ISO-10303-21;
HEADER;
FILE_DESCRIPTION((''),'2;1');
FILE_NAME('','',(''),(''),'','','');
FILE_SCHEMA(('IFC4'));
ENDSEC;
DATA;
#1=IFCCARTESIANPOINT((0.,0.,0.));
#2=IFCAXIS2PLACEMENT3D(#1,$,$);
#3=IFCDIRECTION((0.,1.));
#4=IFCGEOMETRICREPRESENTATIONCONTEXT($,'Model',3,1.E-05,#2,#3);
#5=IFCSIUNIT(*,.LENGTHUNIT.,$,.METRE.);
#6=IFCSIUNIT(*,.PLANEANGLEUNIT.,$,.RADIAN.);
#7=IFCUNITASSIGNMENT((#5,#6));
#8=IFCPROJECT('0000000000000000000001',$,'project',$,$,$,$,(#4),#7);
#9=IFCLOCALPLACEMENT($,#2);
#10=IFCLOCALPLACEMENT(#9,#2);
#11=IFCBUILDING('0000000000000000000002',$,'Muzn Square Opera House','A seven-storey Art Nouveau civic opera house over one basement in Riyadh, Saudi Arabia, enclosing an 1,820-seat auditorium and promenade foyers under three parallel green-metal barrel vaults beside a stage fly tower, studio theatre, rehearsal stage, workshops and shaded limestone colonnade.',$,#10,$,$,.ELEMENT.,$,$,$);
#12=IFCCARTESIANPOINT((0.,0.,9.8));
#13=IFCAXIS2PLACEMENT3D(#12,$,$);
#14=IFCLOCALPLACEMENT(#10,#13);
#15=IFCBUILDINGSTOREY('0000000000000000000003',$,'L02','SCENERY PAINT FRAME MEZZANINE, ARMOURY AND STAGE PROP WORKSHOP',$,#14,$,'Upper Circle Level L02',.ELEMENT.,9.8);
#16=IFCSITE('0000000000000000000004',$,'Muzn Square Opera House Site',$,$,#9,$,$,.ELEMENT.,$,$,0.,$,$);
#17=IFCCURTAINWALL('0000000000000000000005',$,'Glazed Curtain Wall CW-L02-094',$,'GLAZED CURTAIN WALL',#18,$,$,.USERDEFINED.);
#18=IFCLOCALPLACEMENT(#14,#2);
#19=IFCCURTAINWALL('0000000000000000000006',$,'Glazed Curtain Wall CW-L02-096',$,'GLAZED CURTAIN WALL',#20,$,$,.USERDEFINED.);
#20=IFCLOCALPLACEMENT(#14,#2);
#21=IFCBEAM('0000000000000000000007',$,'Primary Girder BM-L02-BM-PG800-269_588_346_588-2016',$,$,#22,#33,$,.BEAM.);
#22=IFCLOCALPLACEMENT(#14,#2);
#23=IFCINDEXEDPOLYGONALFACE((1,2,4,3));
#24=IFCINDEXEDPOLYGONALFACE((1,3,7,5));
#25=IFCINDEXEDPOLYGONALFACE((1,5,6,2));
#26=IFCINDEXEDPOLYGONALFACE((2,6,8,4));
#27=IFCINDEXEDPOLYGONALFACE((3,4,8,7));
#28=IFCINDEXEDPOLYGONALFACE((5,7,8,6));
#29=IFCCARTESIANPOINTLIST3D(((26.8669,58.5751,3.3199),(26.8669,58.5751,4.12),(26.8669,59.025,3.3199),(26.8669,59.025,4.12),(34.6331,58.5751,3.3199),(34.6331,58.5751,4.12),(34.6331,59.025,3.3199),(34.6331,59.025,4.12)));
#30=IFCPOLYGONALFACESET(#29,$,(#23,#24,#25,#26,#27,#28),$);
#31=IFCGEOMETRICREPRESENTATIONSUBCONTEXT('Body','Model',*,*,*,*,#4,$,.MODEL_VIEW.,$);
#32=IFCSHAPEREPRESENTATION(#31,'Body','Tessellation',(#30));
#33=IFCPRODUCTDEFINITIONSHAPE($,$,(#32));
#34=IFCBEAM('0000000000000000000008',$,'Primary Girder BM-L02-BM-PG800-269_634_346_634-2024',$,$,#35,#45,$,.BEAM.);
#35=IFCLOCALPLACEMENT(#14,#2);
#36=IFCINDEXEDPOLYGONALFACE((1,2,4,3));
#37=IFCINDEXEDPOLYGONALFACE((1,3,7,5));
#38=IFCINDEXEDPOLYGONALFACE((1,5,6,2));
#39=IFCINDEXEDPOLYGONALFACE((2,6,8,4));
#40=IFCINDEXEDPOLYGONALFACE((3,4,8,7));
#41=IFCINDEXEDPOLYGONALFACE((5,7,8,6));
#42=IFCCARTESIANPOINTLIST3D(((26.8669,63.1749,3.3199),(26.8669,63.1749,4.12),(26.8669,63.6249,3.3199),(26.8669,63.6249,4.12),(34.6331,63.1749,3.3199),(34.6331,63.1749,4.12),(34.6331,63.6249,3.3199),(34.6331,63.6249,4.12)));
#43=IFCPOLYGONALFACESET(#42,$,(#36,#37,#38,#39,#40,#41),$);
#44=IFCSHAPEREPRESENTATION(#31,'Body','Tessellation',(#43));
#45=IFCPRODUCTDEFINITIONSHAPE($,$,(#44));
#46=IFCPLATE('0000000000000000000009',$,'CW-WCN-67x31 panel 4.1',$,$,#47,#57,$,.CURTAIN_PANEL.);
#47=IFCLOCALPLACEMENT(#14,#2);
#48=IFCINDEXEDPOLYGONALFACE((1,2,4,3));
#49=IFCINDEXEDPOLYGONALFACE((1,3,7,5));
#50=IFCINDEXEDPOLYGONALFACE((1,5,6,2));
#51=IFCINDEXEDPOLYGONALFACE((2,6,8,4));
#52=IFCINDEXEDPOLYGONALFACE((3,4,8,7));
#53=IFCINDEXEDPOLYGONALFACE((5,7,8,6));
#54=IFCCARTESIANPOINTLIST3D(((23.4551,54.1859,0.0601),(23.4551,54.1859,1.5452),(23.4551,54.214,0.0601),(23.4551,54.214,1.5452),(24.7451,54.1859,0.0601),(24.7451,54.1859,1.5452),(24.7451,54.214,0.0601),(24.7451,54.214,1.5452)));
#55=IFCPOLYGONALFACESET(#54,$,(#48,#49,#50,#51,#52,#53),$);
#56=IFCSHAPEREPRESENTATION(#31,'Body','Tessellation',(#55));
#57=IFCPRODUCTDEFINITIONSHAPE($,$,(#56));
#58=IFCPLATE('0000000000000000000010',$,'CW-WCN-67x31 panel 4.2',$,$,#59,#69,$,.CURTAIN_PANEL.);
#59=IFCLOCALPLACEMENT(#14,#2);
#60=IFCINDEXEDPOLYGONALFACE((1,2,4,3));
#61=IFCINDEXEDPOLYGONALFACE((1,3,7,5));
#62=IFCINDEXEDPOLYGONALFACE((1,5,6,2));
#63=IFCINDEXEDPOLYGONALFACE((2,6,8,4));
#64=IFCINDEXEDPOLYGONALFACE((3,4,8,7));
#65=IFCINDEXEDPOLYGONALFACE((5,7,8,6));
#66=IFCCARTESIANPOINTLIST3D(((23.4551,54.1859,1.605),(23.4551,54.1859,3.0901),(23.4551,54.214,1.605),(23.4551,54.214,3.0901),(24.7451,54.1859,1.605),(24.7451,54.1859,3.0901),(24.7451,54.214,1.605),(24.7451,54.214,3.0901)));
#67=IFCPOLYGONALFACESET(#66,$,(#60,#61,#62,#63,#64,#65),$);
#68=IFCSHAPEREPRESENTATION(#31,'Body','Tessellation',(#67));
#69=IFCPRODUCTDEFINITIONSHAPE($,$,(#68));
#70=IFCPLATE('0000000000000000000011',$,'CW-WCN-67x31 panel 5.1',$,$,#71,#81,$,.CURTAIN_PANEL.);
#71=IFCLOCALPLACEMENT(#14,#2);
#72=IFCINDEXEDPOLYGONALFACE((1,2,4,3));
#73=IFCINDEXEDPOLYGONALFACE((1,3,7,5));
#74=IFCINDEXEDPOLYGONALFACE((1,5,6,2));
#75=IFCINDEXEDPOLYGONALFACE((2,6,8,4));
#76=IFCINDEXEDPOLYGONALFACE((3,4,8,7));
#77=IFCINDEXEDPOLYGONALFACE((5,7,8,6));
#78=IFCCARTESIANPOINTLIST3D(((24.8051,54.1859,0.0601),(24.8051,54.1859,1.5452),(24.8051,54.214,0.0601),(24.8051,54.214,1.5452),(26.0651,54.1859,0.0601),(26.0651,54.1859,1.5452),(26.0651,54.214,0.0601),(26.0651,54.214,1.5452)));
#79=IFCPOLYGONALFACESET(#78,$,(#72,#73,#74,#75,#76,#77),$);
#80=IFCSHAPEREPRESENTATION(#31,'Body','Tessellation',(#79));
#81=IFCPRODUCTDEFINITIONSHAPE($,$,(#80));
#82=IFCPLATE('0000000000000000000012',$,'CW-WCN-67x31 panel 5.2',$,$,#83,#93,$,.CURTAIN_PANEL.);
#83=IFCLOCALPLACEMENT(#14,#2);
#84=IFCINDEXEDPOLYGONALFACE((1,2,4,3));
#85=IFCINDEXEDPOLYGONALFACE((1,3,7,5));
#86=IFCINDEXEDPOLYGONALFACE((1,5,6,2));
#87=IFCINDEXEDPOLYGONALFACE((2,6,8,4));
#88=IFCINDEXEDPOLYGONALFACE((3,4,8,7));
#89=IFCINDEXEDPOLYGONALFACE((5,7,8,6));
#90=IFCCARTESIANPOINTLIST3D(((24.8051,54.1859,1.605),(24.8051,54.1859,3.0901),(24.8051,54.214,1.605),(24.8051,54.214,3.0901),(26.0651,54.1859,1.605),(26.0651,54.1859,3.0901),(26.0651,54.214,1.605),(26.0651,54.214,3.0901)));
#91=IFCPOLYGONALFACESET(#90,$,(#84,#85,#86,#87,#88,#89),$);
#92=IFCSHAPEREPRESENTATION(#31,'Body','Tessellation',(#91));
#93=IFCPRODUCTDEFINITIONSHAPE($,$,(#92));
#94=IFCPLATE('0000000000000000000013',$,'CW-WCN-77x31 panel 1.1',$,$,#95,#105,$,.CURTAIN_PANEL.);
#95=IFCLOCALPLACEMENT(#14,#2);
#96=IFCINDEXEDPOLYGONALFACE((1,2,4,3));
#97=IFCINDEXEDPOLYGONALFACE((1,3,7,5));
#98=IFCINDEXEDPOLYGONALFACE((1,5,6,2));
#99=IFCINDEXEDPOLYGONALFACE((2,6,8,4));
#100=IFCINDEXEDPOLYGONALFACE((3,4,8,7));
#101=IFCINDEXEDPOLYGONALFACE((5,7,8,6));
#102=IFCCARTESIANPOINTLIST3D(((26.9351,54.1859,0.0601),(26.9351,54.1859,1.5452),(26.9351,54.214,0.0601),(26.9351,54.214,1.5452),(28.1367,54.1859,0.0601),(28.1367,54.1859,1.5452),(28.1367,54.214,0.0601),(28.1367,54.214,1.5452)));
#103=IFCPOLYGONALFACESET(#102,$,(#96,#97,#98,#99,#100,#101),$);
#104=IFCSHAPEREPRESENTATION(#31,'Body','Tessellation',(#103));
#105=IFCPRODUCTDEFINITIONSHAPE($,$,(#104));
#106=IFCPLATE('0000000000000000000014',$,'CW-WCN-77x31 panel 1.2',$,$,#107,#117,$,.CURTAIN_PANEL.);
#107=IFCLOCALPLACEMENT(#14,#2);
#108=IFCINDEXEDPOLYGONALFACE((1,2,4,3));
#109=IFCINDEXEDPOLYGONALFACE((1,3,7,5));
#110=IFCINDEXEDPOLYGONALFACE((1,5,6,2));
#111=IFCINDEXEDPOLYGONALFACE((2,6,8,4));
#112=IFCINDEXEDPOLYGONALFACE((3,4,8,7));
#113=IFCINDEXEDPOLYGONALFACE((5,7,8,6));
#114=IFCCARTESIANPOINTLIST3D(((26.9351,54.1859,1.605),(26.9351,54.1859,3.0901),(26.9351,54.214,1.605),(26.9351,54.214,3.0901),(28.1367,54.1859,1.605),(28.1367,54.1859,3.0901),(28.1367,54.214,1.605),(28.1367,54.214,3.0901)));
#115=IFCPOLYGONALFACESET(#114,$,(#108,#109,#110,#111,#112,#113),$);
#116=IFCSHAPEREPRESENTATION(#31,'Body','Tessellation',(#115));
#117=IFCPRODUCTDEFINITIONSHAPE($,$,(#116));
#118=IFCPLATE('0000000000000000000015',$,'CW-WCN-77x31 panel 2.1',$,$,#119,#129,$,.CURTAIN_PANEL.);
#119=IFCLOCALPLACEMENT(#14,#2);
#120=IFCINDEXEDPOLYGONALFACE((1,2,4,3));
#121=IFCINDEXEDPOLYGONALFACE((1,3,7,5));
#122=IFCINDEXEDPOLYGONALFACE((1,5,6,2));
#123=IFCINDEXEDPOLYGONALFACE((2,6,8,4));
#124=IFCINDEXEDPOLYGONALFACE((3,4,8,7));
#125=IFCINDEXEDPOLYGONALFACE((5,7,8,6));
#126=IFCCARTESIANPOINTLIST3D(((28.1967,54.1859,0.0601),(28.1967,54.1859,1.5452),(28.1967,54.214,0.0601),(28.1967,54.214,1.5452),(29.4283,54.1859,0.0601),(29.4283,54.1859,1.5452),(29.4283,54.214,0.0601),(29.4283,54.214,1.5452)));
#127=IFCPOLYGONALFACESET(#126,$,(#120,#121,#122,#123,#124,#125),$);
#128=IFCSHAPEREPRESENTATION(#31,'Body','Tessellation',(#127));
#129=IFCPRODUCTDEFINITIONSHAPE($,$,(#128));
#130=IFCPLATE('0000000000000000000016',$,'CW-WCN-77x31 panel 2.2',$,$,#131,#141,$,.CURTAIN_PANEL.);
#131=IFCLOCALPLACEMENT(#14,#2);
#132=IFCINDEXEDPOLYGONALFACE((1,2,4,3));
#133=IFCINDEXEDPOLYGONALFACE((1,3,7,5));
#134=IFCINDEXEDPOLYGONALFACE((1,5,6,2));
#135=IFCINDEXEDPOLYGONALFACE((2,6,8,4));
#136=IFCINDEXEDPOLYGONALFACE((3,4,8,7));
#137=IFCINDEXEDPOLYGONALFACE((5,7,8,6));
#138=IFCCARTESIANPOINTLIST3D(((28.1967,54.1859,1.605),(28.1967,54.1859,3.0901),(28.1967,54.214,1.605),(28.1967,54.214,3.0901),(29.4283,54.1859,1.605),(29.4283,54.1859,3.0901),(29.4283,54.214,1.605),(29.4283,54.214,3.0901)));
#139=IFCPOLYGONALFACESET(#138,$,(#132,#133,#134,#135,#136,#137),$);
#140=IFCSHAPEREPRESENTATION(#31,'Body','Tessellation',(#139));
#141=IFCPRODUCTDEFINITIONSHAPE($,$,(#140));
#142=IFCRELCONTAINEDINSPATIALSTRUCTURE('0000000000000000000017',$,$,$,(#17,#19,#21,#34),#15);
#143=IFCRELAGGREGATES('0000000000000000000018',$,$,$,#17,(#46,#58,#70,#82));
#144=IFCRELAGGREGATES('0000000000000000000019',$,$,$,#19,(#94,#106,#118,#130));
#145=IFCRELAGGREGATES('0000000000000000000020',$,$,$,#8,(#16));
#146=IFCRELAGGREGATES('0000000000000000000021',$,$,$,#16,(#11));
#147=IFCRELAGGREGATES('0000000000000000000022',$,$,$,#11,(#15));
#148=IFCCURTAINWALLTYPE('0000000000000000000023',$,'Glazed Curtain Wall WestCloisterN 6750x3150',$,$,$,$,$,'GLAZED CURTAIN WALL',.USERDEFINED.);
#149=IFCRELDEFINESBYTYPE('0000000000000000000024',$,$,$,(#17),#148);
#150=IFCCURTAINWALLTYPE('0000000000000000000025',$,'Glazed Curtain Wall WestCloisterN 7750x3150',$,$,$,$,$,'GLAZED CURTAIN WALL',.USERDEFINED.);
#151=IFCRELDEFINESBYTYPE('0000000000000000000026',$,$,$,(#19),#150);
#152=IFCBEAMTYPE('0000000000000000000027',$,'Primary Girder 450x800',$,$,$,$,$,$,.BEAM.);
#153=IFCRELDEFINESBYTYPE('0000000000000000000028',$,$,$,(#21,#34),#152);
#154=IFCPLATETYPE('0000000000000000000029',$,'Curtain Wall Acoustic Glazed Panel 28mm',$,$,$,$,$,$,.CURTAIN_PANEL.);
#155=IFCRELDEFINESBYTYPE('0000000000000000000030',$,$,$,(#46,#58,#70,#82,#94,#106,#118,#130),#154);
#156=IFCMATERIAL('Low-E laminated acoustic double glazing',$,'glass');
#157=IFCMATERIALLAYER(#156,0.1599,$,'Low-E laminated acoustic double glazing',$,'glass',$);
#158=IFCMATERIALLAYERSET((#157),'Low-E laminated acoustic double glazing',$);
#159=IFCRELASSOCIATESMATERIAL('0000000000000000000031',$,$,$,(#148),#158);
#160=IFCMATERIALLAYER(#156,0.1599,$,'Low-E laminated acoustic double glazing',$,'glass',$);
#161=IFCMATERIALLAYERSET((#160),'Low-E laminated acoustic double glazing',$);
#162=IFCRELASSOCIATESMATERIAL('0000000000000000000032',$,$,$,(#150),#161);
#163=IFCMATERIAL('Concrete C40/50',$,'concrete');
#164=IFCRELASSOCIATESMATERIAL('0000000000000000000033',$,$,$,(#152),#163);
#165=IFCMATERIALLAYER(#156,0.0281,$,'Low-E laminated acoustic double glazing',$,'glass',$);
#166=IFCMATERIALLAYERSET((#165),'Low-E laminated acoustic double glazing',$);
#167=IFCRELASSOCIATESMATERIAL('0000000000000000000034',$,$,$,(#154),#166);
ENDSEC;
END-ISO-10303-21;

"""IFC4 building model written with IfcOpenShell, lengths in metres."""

from ifc_helpers import new_model, si_unit, direction, frame, origin, origin_2d, place, context, subcontext, project, spatial, rectangle, extrude, material, layer, layer_set, material_profile, profile_set, type_object, element, aggregate, save


model = new_model("IFC4")

# Units and contexts
model_context = context("Model", 3, precision=1e-05, world=origin(), true_north=direction((0.0, 1.0)))
body_context = subcontext(model_context, "Body", "Model", "MODEL_VIEW")
ifc_project = project(units=[si_unit("LENGTHUNIT", "METRE"), si_unit("PLANEANGLEUNIT", "RADIAN")], contexts=[model_context])

# Site, building, storey
site_placement = place(None, origin())
site = spatial("IfcSite", under=ifc_project, at=site_placement, Name="Muzn Square Opera House Site", CompositionType="ELEMENT", RefElevation=0.0)
building_placement = place(site_placement, origin())
building = spatial("IfcBuilding", under=site, at=building_placement, Name="Muzn Square Opera House", Description="A seven-storey Art Nouveau civic opera house over one basement in Riyadh, Saudi Arabia, enclosing an 1,820-seat auditorium and promenade foyers under three parallel green-metal barrel vaults beside a stage fly tower, studio theatre, rehearsal stage, workshops and shaded limestone colonnade.", CompositionType="ELEMENT")
storey_placement = place(building_placement, frame((0.0, 0.0, 9.8)))
storey = spatial("IfcBuildingStorey", under=building, at=storey_placement, Name="L02", Description="SCENERY PAINT FRAME MEZZANINE, ARMOURY AND STAGE PROP WORKSHOP", LongName="Upper Circle Level L02", CompositionType="ELEMENT", Elevation=9.8)

# Curtain walls
ifc_material_1 = material(Name="Low-E laminated acoustic double glazing", Category="glass")
ifc_layer_1 = layer(ifc_material_1, 0.1599, Name="Low-E laminated acoustic double glazing", Category="glass")
ifc_layer_set_1 = layer_set([ifc_layer_1], Name="Low-E laminated acoustic double glazing")
curtain_wall_type_1 = type_object("IfcCurtainWallType", Name="Glazed Curtain Wall WestCloisterN 6750x3150", ElementType="GLAZED CURTAIN WALL", PredefinedType="USERDEFINED", material=ifc_layer_set_1)
curtain_wall_1_placement = place(storey_placement, origin())
curtain_wall_1 = element("IfcCurtainWall", 1, at=curtain_wall_1_placement, inside=storey, type_object=curtain_wall_type_1, Name="Glazed Curtain Wall CW-L02-094", ObjectType="GLAZED CURTAIN WALL", PredefinedType="USERDEFINED")
ifc_layer_2 = layer(ifc_material_1, 0.1599, Name="Low-E laminated acoustic double glazing", Category="glass")
ifc_layer_set_2 = layer_set([ifc_layer_2], Name="Low-E laminated acoustic double glazing")
curtain_wall_type_2 = type_object("IfcCurtainWallType", Name="Glazed Curtain Wall WestCloisterN 7750x3150", ElementType="GLAZED CURTAIN WALL", PredefinedType="USERDEFINED", material=ifc_layer_set_2)
curtain_wall_2_placement = place(storey_placement, origin())
curtain_wall_2 = element("IfcCurtainWall", 2, at=curtain_wall_2_placement, inside=storey, type_object=curtain_wall_type_2, Name="Glazed Curtain Wall CW-L02-096", ObjectType="GLAZED CURTAIN WALL", PredefinedType="USERDEFINED")

# Beams
ifc_material_2 = material(Name="Concrete C40/50", Category="concrete")
ifc_material_profile_1 = material_profile(ifc_material_2, rectangle(XDim=0.45, YDim=0.8, at=origin_2d()), Name="RCB 450x800", Category="concrete")
ifc_profile_set_1 = profile_set([ifc_material_profile_1], Name="Concrete C40/50")
beam_type_1 = type_object("IfcBeamType", Name="Primary Girder 450x800", PredefinedType="BEAM", material=ifc_profile_set_1)
for number, where, z_axis, x_axis, name in (
    (3, (26.8669, 58.8, 3.72), (1.0, 0.0, 0.0), (0.0, 1.0, 0.0), "Primary Girder BM-L02-BM-PG800-269_588_346_588-2016"),
    (4, (26.8669, 63.3999, 3.72), (1.0, 0.0, 0.0), (0.0, 1.0, 0.0), "Primary Girder BM-L02-BM-PG800-269_634_346_634-2024"),
):
    element("IfcBeam", number, at=place(storey_placement, frame(where, z_axis=z_axis, x_axis=x_axis)), inside=storey, type_object=beam_type_1, Name=name, PredefinedType="BEAM", context=body_context, shape_type="SweptSolid", body=[
        extrude(rectangle(XDim=0.45, YDim=0.8, at=origin_2d()), origin(), (0.0, 0.0, 1.0), 7.7661),
    ])

# Plates
ifc_layer_3 = layer(ifc_material_1, 0.0281, Name="Low-E laminated acoustic double glazing", Category="glass")
ifc_layer_set_3 = layer_set([ifc_layer_3], Name="Low-E laminated acoustic double glazing")
plate_type = type_object("IfcPlateType", Name="Curtain Wall Acoustic Glazed Panel 28mm", PredefinedType="CURTAIN_PANEL", material=ifc_layer_set_3)
plate_1_placement = place(storey_placement, frame((24.1001, 54.2, 0.0601), z_axis=(0.0, 0.0, 1.0), x_axis=(1.0, 0.0, 0.0)))
plate_1 = element("IfcPlate", 5, at=plate_1_placement, type_object=plate_type, Name="CW-WCN-67x31 panel 4.1", PredefinedType="CURTAIN_PANEL", context=body_context, shape_type="SweptSolid", body=[
    extrude(rectangle(XDim=1.29, YDim=0.0281, at=origin_2d()), origin(), (0.0, 0.0, 1.0), 1.4851),
])
plate_2_placement = place(storey_placement, frame((24.1001, 54.2, 1.605), z_axis=(0.0, 0.0, 1.0), x_axis=(1.0, 0.0, 0.0)))
plate_2 = element("IfcPlate", 6, at=plate_2_placement, type_object=plate_type, Name="CW-WCN-67x31 panel 4.2", PredefinedType="CURTAIN_PANEL", context=body_context, shape_type="SweptSolid", body=[
    extrude(rectangle(XDim=1.29, YDim=0.0281, at=origin_2d()), origin(), (0.0, 0.0, 1.0), 1.4851),
])
plate_3_placement = place(storey_placement, frame((25.4351, 54.2, 0.0601), z_axis=(0.0, 0.0, 1.0), x_axis=(1.0, 0.0, 0.0)))
plate_3 = element("IfcPlate", 7, at=plate_3_placement, type_object=plate_type, Name="CW-WCN-67x31 panel 5.1", PredefinedType="CURTAIN_PANEL", context=body_context, shape_type="SweptSolid", body=[
    extrude(rectangle(XDim=1.26, YDim=0.0281, at=origin_2d()), origin(), (0.0, 0.0, 1.0), 1.4851),
])
plate_4_placement = place(storey_placement, frame((25.4351, 54.2, 1.605), z_axis=(0.0, 0.0, 1.0), x_axis=(1.0, 0.0, 0.0)))
plate_4 = element("IfcPlate", 8, at=plate_4_placement, type_object=plate_type, Name="CW-WCN-67x31 panel 5.2", PredefinedType="CURTAIN_PANEL", context=body_context, shape_type="SweptSolid", body=[
    extrude(rectangle(XDim=1.26, YDim=0.0281, at=origin_2d()), origin(), (0.0, 0.0, 1.0), 1.4851),
])
aggregate(curtain_wall_1, [plate_1, plate_2, plate_3, plate_4])
plate_5_placement = place(storey_placement, frame((27.5359, 54.2, 0.0601), z_axis=(0.0, 0.0, 1.0), x_axis=(1.0, 0.0, 0.0)))
plate_5 = element("IfcPlate", 9, at=plate_5_placement, type_object=plate_type, Name="CW-WCN-77x31 panel 1.1", PredefinedType="CURTAIN_PANEL", context=body_context, shape_type="SweptSolid", body=[
    extrude(rectangle(XDim=1.2017, YDim=0.0281, at=origin_2d()), origin(), (0.0, 0.0, 1.0), 1.4851),
])
plate_6_placement = place(storey_placement, frame((27.5359, 54.2, 1.605), z_axis=(0.0, 0.0, 1.0), x_axis=(1.0, 0.0, 0.0)))
plate_6 = element("IfcPlate", 10, at=plate_6_placement, type_object=plate_type, Name="CW-WCN-77x31 panel 1.2", PredefinedType="CURTAIN_PANEL", context=body_context, shape_type="SweptSolid", body=[
    extrude(rectangle(XDim=1.2017, YDim=0.0281, at=origin_2d()), origin(), (0.0, 0.0, 1.0), 1.4851),
])
plate_7_placement = place(storey_placement, frame((28.8125, 54.2, 0.0601), z_axis=(0.0, 0.0, 1.0), x_axis=(1.0, 0.0, 0.0)))
plate_7 = element("IfcPlate", 11, at=plate_7_placement, type_object=plate_type, Name="CW-WCN-77x31 panel 2.1", PredefinedType="CURTAIN_PANEL", context=body_context, shape_type="SweptSolid", body=[
    extrude(rectangle(XDim=1.2317, YDim=0.0281, at=origin_2d()), origin(), (0.0, 0.0, 1.0), 1.4851),
])
plate_8_placement = place(storey_placement, frame((28.8125, 54.2, 1.605), z_axis=(0.0, 0.0, 1.0), x_axis=(1.0, 0.0, 0.0)))
plate_8 = element("IfcPlate", 12, at=plate_8_placement, type_object=plate_type, Name="CW-WCN-77x31 panel 2.2", PredefinedType="CURTAIN_PANEL", context=body_context, shape_type="SweptSolid", body=[
    extrude(rectangle(XDim=1.2317, YDim=0.0281, at=origin_2d()), origin(), (0.0, 0.0, 1.0), 1.4851),
])
aggregate(curtain_wall_2, [plate_5, plate_6, plate_7, plate_8])

save(model, "model.ifc")
